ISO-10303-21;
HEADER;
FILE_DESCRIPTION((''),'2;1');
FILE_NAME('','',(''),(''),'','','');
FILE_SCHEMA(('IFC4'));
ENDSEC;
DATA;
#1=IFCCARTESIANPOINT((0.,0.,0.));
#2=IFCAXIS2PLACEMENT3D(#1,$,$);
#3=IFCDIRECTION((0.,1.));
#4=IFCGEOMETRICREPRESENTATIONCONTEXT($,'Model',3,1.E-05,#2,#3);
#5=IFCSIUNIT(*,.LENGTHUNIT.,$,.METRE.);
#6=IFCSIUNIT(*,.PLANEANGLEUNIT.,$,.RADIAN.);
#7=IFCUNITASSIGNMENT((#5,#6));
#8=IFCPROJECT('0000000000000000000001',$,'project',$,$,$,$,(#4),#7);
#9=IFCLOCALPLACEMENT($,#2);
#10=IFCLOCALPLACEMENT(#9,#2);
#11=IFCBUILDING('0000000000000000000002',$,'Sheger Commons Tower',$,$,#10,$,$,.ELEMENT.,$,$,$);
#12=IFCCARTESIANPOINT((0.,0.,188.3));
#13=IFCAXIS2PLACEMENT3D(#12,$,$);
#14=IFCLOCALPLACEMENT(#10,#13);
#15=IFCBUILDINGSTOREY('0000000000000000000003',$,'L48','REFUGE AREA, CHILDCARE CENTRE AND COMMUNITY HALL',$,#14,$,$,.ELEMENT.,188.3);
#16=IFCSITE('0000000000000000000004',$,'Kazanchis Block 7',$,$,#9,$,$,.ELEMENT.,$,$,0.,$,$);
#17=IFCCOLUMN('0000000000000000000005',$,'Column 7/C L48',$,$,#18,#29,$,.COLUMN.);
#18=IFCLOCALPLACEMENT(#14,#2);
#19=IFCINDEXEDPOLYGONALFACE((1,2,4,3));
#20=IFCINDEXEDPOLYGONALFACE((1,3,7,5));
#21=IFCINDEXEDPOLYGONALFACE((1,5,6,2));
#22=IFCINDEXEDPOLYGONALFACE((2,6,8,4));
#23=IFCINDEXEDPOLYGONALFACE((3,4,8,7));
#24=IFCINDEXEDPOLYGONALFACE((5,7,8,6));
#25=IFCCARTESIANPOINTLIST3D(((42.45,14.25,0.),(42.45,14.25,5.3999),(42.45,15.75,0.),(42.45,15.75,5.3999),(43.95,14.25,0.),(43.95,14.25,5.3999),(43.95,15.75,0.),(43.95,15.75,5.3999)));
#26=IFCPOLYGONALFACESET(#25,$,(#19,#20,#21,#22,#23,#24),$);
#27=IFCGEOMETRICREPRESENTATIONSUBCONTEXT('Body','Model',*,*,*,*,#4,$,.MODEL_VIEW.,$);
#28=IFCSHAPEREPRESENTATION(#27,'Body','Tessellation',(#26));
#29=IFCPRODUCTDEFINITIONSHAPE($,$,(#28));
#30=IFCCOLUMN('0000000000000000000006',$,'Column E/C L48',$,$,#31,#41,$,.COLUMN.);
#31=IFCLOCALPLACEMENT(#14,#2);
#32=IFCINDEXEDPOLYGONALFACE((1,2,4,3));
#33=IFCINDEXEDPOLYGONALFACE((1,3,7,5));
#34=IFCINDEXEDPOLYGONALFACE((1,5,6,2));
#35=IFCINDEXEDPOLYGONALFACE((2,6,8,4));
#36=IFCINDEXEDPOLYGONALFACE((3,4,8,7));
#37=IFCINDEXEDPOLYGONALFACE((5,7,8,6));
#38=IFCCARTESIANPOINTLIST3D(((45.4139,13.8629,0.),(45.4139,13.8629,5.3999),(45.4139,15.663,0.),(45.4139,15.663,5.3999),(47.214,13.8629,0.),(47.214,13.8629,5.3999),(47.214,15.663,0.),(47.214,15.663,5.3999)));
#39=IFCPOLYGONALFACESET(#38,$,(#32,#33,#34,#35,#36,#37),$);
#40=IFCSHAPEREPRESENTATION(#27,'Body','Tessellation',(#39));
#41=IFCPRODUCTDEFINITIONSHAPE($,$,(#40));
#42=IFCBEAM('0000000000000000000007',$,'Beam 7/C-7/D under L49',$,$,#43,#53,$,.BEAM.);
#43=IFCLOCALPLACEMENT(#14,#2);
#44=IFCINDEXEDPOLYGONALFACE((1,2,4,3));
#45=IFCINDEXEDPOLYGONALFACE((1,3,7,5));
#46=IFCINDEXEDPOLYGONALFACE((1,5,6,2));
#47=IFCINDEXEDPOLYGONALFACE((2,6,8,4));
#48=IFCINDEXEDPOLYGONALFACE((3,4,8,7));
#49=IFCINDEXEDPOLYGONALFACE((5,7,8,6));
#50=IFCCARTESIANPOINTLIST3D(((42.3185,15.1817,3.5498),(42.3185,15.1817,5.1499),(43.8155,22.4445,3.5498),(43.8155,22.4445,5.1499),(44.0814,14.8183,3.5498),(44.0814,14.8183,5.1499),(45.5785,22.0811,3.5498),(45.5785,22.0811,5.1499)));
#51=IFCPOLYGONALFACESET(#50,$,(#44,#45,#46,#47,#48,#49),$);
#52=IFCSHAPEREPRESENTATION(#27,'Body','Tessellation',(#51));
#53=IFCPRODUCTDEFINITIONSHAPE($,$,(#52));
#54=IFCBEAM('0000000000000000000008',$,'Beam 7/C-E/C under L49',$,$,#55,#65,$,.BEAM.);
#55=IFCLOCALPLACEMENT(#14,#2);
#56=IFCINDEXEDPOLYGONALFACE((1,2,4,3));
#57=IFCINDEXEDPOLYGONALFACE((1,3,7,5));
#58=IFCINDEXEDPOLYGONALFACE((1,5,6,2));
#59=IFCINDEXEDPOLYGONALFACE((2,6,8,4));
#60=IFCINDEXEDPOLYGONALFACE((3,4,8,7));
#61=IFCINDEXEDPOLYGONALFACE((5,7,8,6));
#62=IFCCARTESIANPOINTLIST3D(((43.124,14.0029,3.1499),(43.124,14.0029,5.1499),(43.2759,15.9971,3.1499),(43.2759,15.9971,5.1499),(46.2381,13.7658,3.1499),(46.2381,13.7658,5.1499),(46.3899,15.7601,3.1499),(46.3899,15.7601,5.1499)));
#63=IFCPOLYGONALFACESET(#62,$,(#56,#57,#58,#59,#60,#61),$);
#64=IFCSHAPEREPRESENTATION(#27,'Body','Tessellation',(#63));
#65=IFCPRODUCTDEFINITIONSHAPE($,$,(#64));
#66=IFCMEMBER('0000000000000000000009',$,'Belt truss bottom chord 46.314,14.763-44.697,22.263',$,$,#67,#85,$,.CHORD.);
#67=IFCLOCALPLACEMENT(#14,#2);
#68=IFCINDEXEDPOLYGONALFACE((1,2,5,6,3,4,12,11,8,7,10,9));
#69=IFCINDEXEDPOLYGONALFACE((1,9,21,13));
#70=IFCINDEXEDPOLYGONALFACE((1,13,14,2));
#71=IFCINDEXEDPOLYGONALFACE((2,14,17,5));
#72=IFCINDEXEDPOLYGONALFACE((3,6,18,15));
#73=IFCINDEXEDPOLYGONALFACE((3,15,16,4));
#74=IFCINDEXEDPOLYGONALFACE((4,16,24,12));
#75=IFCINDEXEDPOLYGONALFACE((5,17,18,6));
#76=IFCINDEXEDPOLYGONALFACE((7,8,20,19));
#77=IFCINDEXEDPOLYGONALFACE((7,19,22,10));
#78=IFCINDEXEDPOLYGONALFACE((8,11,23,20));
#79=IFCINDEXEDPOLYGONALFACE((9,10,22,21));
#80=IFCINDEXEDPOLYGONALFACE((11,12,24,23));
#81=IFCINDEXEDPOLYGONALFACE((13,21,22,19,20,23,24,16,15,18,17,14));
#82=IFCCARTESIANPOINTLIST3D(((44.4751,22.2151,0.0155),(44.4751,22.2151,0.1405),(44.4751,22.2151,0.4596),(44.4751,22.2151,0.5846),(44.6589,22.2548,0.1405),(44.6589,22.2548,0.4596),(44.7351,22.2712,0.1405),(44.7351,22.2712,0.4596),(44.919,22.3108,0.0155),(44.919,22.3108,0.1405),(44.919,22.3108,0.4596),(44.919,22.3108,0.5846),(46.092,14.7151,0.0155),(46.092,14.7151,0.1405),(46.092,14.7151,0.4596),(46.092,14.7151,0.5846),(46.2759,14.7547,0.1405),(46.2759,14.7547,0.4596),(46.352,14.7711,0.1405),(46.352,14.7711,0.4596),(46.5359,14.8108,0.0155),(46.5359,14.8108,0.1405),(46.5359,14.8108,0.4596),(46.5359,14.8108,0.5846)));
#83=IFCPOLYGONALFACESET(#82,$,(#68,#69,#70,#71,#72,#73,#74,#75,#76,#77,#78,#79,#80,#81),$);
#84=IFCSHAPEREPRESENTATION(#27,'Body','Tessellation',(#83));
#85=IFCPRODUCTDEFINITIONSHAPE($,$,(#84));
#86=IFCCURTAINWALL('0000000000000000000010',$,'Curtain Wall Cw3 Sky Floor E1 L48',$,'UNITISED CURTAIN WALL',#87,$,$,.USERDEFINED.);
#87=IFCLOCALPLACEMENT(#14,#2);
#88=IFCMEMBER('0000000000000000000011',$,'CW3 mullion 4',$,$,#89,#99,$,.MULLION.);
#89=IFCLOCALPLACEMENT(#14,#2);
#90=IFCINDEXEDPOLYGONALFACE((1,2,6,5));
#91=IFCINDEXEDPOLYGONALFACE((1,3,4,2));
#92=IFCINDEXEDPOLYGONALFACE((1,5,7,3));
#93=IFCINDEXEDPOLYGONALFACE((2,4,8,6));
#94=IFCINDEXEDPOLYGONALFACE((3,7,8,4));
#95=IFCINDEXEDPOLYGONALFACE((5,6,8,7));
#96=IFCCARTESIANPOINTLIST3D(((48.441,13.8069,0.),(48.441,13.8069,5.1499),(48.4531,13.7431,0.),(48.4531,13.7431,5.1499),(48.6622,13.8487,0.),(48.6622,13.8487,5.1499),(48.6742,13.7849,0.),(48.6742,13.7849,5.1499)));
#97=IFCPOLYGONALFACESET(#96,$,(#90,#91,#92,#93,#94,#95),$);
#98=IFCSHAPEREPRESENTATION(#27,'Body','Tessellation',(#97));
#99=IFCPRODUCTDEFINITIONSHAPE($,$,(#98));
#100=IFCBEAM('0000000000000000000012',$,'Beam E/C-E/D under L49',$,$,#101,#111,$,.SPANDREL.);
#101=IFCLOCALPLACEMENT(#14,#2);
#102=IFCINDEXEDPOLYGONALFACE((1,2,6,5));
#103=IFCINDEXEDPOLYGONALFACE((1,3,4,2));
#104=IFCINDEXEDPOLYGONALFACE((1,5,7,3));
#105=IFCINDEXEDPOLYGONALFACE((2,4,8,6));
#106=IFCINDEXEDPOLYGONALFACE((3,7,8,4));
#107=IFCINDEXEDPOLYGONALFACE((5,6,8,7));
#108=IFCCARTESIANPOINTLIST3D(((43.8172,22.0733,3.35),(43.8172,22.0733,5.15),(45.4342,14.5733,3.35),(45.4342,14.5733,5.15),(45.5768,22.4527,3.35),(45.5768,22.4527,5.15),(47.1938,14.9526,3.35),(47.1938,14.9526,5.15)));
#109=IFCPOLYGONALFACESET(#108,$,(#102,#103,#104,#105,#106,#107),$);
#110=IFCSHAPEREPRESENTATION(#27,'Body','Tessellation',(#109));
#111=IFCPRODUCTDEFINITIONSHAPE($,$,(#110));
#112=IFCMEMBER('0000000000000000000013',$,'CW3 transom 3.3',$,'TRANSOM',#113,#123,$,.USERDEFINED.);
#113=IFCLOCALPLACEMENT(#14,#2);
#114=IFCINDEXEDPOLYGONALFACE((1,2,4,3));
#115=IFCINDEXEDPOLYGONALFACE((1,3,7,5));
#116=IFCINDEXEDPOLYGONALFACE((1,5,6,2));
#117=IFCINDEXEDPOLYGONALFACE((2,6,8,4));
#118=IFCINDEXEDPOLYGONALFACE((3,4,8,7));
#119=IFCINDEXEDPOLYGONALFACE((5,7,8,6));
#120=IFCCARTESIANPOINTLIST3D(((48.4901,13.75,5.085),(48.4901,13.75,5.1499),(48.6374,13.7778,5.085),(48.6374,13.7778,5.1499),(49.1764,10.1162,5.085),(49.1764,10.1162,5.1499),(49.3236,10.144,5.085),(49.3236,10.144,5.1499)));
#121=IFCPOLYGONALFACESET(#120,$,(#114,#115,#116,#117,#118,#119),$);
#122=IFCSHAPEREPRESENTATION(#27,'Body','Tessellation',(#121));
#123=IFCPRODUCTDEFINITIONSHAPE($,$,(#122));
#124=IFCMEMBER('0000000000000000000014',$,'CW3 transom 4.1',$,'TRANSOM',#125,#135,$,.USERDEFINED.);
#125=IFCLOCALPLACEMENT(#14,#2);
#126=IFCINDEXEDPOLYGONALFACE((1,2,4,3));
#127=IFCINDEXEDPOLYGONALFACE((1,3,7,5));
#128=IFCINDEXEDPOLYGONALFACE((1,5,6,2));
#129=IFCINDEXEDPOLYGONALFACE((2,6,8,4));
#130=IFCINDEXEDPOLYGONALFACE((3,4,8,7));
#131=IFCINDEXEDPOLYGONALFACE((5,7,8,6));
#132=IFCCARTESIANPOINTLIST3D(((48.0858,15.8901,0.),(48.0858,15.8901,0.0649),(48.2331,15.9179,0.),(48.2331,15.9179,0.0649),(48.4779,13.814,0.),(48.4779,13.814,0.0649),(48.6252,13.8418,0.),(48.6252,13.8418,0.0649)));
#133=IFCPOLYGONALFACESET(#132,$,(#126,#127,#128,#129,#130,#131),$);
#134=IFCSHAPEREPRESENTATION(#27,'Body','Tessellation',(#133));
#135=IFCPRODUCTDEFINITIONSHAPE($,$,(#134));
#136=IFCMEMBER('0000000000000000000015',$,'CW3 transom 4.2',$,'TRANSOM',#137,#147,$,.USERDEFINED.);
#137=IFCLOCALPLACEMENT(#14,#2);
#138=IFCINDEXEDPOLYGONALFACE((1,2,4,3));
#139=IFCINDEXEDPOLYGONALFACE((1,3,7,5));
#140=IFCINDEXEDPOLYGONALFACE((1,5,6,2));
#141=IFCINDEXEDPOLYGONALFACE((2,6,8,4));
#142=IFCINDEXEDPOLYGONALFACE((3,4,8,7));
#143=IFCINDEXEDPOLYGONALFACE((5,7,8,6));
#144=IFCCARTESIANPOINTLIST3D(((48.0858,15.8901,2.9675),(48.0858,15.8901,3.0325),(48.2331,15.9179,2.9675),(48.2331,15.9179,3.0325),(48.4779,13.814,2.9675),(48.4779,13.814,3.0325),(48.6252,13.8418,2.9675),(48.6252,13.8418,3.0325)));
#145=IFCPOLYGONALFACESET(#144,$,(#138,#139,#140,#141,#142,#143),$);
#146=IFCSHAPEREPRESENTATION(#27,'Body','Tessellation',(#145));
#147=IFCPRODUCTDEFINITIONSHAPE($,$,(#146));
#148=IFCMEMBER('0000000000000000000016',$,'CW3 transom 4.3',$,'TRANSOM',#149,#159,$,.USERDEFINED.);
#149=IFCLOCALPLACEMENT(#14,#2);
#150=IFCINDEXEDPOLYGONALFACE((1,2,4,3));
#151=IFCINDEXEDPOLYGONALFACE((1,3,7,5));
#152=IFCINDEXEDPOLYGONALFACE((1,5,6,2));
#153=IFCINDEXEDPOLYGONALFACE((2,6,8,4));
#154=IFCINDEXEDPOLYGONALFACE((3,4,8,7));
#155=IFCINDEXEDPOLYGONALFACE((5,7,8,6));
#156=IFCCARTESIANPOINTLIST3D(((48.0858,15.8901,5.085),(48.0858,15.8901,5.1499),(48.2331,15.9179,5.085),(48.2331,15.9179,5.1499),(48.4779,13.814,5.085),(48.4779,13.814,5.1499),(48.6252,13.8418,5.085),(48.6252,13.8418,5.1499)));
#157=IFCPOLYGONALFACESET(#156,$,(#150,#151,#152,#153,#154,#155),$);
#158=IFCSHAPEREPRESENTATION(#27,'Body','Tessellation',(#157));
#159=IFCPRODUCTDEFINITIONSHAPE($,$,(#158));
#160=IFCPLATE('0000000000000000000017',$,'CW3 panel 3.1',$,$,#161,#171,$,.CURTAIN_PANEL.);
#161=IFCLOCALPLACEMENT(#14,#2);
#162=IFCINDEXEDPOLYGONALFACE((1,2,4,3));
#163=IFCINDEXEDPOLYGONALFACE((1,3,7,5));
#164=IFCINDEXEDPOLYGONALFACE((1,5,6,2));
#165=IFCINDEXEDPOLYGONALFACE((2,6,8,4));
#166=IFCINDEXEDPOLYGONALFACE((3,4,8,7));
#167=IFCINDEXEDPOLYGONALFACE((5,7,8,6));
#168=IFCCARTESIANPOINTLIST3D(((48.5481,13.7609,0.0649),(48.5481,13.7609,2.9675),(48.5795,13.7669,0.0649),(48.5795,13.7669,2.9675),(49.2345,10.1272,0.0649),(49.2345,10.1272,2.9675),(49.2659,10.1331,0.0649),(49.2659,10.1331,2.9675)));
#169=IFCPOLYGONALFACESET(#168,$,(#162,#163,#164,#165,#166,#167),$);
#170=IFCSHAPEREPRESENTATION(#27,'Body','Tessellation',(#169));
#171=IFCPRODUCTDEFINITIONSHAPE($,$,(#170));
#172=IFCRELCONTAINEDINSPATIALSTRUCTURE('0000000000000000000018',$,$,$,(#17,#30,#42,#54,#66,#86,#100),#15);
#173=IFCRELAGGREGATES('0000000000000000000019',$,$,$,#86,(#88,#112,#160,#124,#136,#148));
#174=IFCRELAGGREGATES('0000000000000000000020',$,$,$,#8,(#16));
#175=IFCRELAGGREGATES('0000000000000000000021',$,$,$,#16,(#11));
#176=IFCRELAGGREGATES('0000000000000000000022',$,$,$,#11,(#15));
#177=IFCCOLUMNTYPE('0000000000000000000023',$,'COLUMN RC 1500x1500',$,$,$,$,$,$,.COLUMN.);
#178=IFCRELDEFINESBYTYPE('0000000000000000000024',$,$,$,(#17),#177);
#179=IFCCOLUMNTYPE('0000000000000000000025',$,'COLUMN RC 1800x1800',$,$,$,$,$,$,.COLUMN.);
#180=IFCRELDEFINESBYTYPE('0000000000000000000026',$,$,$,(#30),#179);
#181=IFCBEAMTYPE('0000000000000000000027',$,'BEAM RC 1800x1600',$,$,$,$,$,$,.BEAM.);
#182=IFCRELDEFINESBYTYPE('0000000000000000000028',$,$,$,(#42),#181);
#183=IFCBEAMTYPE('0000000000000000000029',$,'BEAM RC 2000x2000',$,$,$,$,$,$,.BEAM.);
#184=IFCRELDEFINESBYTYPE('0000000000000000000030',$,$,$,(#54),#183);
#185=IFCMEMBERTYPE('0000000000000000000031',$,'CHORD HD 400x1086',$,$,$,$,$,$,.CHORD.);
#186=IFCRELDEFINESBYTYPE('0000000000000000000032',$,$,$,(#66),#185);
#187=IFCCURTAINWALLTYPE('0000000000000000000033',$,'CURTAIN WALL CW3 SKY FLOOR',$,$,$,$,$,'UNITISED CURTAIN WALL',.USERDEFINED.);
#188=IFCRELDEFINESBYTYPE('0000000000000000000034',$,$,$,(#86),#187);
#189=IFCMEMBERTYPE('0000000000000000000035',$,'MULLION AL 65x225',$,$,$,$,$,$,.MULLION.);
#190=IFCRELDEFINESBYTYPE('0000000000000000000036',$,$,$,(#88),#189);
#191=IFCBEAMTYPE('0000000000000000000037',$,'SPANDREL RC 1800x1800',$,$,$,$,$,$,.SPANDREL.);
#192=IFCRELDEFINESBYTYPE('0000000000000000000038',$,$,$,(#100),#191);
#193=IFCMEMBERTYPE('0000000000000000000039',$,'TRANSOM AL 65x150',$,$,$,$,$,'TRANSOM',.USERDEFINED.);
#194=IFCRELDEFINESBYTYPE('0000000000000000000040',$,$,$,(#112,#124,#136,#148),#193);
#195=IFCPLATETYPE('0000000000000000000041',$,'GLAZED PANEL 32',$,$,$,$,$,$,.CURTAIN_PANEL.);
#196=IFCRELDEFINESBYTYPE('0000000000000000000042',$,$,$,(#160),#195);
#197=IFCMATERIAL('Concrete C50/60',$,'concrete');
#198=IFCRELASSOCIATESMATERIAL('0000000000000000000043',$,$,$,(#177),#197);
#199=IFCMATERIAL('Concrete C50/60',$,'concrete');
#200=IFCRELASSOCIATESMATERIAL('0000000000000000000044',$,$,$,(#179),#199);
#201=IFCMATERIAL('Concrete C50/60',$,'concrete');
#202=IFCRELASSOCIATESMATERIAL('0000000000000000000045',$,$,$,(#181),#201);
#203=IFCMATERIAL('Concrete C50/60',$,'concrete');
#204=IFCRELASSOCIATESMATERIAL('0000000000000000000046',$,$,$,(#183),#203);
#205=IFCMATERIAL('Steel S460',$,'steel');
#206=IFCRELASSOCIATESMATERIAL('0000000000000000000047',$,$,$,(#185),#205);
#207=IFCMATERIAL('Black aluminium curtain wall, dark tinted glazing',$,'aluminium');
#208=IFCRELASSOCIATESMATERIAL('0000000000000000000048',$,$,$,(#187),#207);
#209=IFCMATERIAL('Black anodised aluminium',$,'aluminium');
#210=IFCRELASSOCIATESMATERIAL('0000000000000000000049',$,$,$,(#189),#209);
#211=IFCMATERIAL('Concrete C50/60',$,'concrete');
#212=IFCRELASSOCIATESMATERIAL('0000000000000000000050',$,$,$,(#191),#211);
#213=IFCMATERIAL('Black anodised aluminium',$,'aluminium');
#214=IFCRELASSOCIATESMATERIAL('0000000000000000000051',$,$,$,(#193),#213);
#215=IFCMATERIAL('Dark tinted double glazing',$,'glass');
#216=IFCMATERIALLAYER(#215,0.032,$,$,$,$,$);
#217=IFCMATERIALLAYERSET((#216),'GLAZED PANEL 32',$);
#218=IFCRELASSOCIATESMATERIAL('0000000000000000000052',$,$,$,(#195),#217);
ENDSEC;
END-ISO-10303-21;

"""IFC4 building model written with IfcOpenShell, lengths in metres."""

from ifc_helpers import new_model, si_unit, direction, frame, origin, origin_2d, place, context, subcontext, project, spatial, rectangle, i_section, extrude, material, layer, layer_set, material_profile, profile_set, type_object, element, aggregate, save


model = new_model("IFC4")

# Units and contexts
model_context = context("Model", 3, precision=1e-05, world=origin(), true_north=direction((0.0, 1.0)))
body_context = subcontext(model_context, "Body", "Model", "MODEL_VIEW")
ifc_project = project(units=[si_unit("LENGTHUNIT", "METRE"), si_unit("PLANEANGLEUNIT", "RADIAN")], contexts=[model_context])

# Site, building, storey
site_placement = place(None, origin())
site = spatial("IfcSite", under=ifc_project, at=site_placement, Name="Kazanchis Block 7", CompositionType="ELEMENT", RefElevation=0.0)
building_placement = place(site_placement, origin())
building = spatial("IfcBuilding", under=site, at=building_placement, Name="Sheger Commons Tower", CompositionType="ELEMENT")
storey_placement = place(building_placement, frame((0.0, 0.0, 188.3)))
storey = spatial("IfcBuildingStorey", under=building, at=storey_placement, Name="L48", Description="REFUGE AREA, CHILDCARE CENTRE AND COMMUNITY HALL", CompositionType="ELEMENT", Elevation=188.3)

# Columns
ifc_material_1 = material(Name="Concrete C50/60", Category="concrete")
ifc_material_profile_1 = material_profile(ifc_material_1, rectangle(XDim=1.5, YDim=1.5, at=origin_2d()), Name="RC 1500x1500")
ifc_profile_set_1 = profile_set([ifc_material_profile_1], Name="Concrete C50/60")
column_type_1 = type_object("IfcColumnType", Name="COLUMN RC 1500x1500", PredefinedType="COLUMN", material=ifc_profile_set_1)
column_1_placement = place(storey_placement, frame((43.2, 15.0, 0.0), z_axis=(0.0, 0.0, 1.0), x_axis=(1.0, 0.0, 0.0)))
element("IfcColumn", 1, at=column_1_placement, inside=storey, type_object=column_type_1, Name="Column 7/C L48", PredefinedType="COLUMN", context=body_context, shape_type="SweptSolid", body=[
    extrude(rectangle(XDim=1.5, YDim=1.5, at=origin_2d()), origin(), (0.0, 0.0, 1.0), 5.3999),
])
ifc_material_2 = material(Name="Concrete C50/60", Category="concrete")
ifc_material_profile_2 = material_profile(ifc_material_2, rectangle(XDim=1.8, YDim=1.8, at=origin_2d()), Name="RC 1800x1800")
ifc_profile_set_2 = profile_set([ifc_material_profile_2], Name="Concrete C50/60")
column_type_2 = type_object("IfcColumnType", Name="COLUMN RC 1800x1800", PredefinedType="COLUMN", material=ifc_profile_set_2)
column_2_placement = place(storey_placement, frame((46.314, 14.7629, 0.0), z_axis=(0.0, 0.0, 1.0), x_axis=(1.0, 0.0, 0.0)))
element("IfcColumn", 2, at=column_2_placement, inside=storey, type_object=column_type_2, Name="Column E/C L48", PredefinedType="COLUMN", context=body_context, shape_type="SweptSolid", body=[
    extrude(rectangle(XDim=1.8, YDim=1.8, at=origin_2d()), origin(), (0.0, 0.0, 1.0), 5.3999),
])

# Beams
ifc_material_3 = material(Name="Concrete C50/60", Category="concrete")
ifc_material_profile_3 = material_profile(ifc_material_3, rectangle(XDim=1.8, YDim=1.6001, at=origin_2d()), Name="RC 1800x1600")
ifc_profile_set_3 = profile_set([ifc_material_profile_3], Name="Concrete C50/60")
beam_type_1 = type_object("IfcBeamType", Name="BEAM RC 1800x1600", PredefinedType="BEAM", material=ifc_profile_set_3)
beam_1_placement = place(storey_placement, frame((43.2, 15.0, 4.3499), z_axis=(0.201881, 0.97941, 0.0), x_axis=(-0.97941, 0.201881, 0.0)))
element("IfcBeam", 3, at=beam_1_placement, inside=storey, type_object=beam_type_1, Name="Beam 7/C-7/D under L49", PredefinedType="BEAM", context=body_context, shape_type="SweptSolid", body=[
    extrude(rectangle(XDim=1.8, YDim=1.6001, at=origin_2d()), origin(), (0.0, 0.0, 1.0), 7.4155),
])
ifc_material_4 = material(Name="Concrete C50/60", Category="concrete")
ifc_material_profile_4 = material_profile(ifc_material_4, rectangle(XDim=2.0, YDim=2.0, at=origin_2d()), Name="RC 2000x2000")
ifc_profile_set_4 = profile_set([ifc_material_profile_4], Name="Concrete C50/60")
beam_type_2 = type_object("IfcBeamType", Name="BEAM RC 2000x2000", PredefinedType="BEAM", material=ifc_profile_set_4)
beam_2_placement = place(storey_placement, frame((43.2, 15.0, 4.1499), z_axis=(0.997115, -0.075907, 0.0), x_axis=(0.075907, 0.997115, 0.0)))
element("IfcBeam", 4, at=beam_2_placement, inside=storey, type_object=beam_type_2, Name="Beam 7/C-E/C under L49", PredefinedType="BEAM", context=body_context, shape_type="SweptSolid", body=[
    extrude(rectangle(XDim=2.0, YDim=2.0, at=origin_2d()), origin(), (0.0, 0.0, 1.0), 3.123),
])

# Member
ifc_material_5 = material(Name="Steel S460", Category="steel")
ifc_material_profile_5 = material_profile(ifc_material_5, i_section(OverallWidth=0.4541, OverallDepth=0.5691, WebThickness=0.0779, FlangeThickness=0.125, at=origin_2d()), Name="HD 400x1086")
ifc_profile_set_5 = profile_set([ifc_material_profile_5], Name="Steel S460")
member_type_1 = type_object("IfcMemberType", Name="CHORD HD 400x1086", PredefinedType="CHORD", material=ifc_profile_set_5)
member_1_placement = place(storey_placement, frame((46.314, 14.7629, 0.3), z_axis=(-0.21075, 0.97754, 0.0), x_axis=(-0.97754, -0.21075, 0.0)))
element("IfcMember", 5, at=member_1_placement, inside=storey, type_object=member_type_1, Name="Belt truss bottom chord 46.314,14.763-44.697,22.263", PredefinedType="CHORD", context=body_context, shape_type="SweptSolid", body=[
    extrude(i_section(OverallWidth=0.4541, OverallDepth=0.5691, WebThickness=0.0779, FlangeThickness=0.125, at=origin_2d()), origin(), (0.0, 0.0, 1.0), 7.6724),
])

# Curtain wall, member
ifc_material_6 = material(Name="Black aluminium curtain wall, dark tinted glazing", Category="aluminium")
curtain_wall_type = type_object("IfcCurtainWallType", Name="CURTAIN WALL CW3 SKY FLOOR", ElementType="UNITISED CURTAIN WALL", PredefinedType="USERDEFINED", material=ifc_material_6)
curtain_wall_placement = place(storey_placement, origin())
curtain_wall = element("IfcCurtainWall", 6, at=curtain_wall_placement, inside=storey, type_object=curtain_wall_type, Name="Curtain Wall Cw3 Sky Floor E1 L48", ObjectType="UNITISED CURTAIN WALL", PredefinedType="USERDEFINED")
ifc_material_7 = material(Name="Black anodised aluminium", Category="aluminium")
ifc_material_profile_6 = material_profile(ifc_material_7, rectangle(XDim=0.2251, YDim=0.0649, at=origin_2d()), Name="AL 65x225")
ifc_profile_set_6 = profile_set([ifc_material_profile_6], Name="Black anodised aluminium")
member_type_2 = type_object("IfcMemberType", Name="MULLION AL 65x225", PredefinedType="MULLION", material=ifc_profile_set_6)
member_2_placement = place(storey_placement, frame((48.5576, 13.7959, 0.0), z_axis=(0.0, 0.0, 1.0), x_axis=(-0.982624, -0.18561, 0.0)))
member_2 = element("IfcMember", 7, at=member_2_placement, type_object=member_type_2, Name="CW3 mullion 4", PredefinedType="MULLION", context=body_context, shape_type="SweptSolid", body=[
    extrude(rectangle(XDim=0.2251, YDim=0.0649, at=origin_2d()), origin(), (0.0, 0.0, 1.0), 5.1499),
])

# Beam
ifc_material_8 = material(Name="Concrete C50/60", Category="concrete")
ifc_material_profile_7 = material_profile(ifc_material_8, rectangle(XDim=1.8, YDim=1.8, at=origin_2d()), Name="RC 1800x1800")
ifc_profile_set_7 = profile_set([ifc_material_profile_7], Name="Concrete C50/60")
beam_type_3 = type_object("IfcBeamType", Name="SPANDREL RC 1800x1800", PredefinedType="SPANDREL", material=ifc_profile_set_7)
beam_3_placement = place(storey_placement, frame((46.314, 14.7629, 4.25), z_axis=(-0.21075, 0.97754, 0.0), x_axis=(-0.97754, -0.21075, 0.0)))
element("IfcBeam", 8, at=beam_3_placement, inside=storey, type_object=beam_type_3, Name="Beam E/C-E/D under L49", PredefinedType="SPANDREL", context=body_context, shape_type="SweptSolid", body=[
    extrude(rectangle(XDim=1.8, YDim=1.8, at=origin_2d()), origin(), (0.0, 0.0, 1.0), 7.6724),
])

# Members
ifc_material_9 = material(Name="Black anodised aluminium", Category="aluminium")
ifc_material_profile_8 = material_profile(ifc_material_9, rectangle(XDim=0.1499, YDim=0.0649, at=origin_2d()), Name="AL 65x150")
ifc_profile_set_8 = profile_set([ifc_material_profile_8], Name="Black anodised aluminium")
member_type_3 = type_object("IfcMemberType", Name="TRANSOM AL 65x150", ElementType="TRANSOM", PredefinedType="USERDEFINED", material=ifc_profile_set_8)
member_3_placement = place(storey_placement, frame((49.25, 10.1301, 5.1174), z_axis=(-0.18558, 0.982629, 0.0), x_axis=(-0.982629, -0.18558, 0.0)))
member_3 = element("IfcMember", 9, at=member_3_placement, type_object=member_type_3, Name="CW3 transom 3.3", ObjectType="TRANSOM", PredefinedType="USERDEFINED", context=body_context, shape_type="SweptSolid", body=[
    extrude(rectangle(XDim=0.1499, YDim=0.0649, at=origin_2d()), origin(), (0.0, 0.0, 1.0), 3.698),
])
member_4_placement = place(storey_placement, frame((48.5515, 13.8279, 0.0325), z_axis=(-0.185572, 0.982631, 0.0), x_axis=(-0.982631, -0.185572, 0.0)))
member_4 = element("IfcMember", 10, at=member_4_placement, type_object=member_type_3, Name="CW3 transom 4.1", ObjectType="TRANSOM", PredefinedType="USERDEFINED", context=body_context, shape_type="SweptSolid", body=[
    extrude(rectangle(XDim=0.1499, YDim=0.0649, at=origin_2d()), origin(), (0.0, 0.0, 1.0), 2.1128),
])
member_5_placement = place(storey_placement, frame((48.5515, 13.8279, 3.0), z_axis=(-0.185572, 0.982631, 0.0), x_axis=(-0.982631, -0.185572, 0.0)))
member_5 = element("IfcMember", 11, at=member_5_placement, type_object=member_type_3, Name="CW3 transom 4.2", ObjectType="TRANSOM", PredefinedType="USERDEFINED", context=body_context, shape_type="SweptSolid", body=[
    extrude(rectangle(XDim=0.1499, YDim=0.0649, at=origin_2d()), origin(), (0.0, 0.0, 1.0), 2.1128),
])
member_6_placement = place(storey_placement, frame((48.5515, 13.8279, 5.1174), z_axis=(-0.185572, 0.982631, 0.0), x_axis=(-0.982631, -0.185572, 0.0)))
member_6 = element("IfcMember", 12, at=member_6_placement, type_object=member_type_3, Name="CW3 transom 4.3", ObjectType="TRANSOM", PredefinedType="USERDEFINED", context=body_context, shape_type="SweptSolid", body=[
    extrude(rectangle(XDim=0.1499, YDim=0.0649, at=origin_2d()), origin(), (0.0, 0.0, 1.0), 2.1128),
])

# Plate
ifc_material_10 = material(Name="Dark tinted double glazing", Category="glass")
ifc_layer_1 = layer(ifc_material_10, 0.032)
ifc_layer_set_1 = layer_set([ifc_layer_1], Name="GLAZED PANEL 32")
plate_type_1 = type_object("IfcPlateType", Name="GLAZED PANEL 32", PredefinedType="CURTAIN_PANEL", material=ifc_layer_set_1)
plate_1_placement = place(storey_placement, frame((48.907, 11.947, 0.0649), z_axis=(0.0, 0.0, 1.0), x_axis=(-0.18561, 0.982624, 0.0)))
plate_1 = element("IfcPlate", 13, at=plate_1_placement, type_object=plate_type_1, Name="CW3 panel 3.1", PredefinedType="CURTAIN_PANEL", context=body_context, shape_type="SweptSolid", body=[
    extrude(rectangle(XDim=3.698, YDim=0.032, at=origin_2d()), origin(), (0.0, 0.0, 1.0), 2.9026),
])
aggregate(curtain_wall, [member_2, member_3, plate_1, member_4, member_5, member_6])

save(model, "model.ifc")
